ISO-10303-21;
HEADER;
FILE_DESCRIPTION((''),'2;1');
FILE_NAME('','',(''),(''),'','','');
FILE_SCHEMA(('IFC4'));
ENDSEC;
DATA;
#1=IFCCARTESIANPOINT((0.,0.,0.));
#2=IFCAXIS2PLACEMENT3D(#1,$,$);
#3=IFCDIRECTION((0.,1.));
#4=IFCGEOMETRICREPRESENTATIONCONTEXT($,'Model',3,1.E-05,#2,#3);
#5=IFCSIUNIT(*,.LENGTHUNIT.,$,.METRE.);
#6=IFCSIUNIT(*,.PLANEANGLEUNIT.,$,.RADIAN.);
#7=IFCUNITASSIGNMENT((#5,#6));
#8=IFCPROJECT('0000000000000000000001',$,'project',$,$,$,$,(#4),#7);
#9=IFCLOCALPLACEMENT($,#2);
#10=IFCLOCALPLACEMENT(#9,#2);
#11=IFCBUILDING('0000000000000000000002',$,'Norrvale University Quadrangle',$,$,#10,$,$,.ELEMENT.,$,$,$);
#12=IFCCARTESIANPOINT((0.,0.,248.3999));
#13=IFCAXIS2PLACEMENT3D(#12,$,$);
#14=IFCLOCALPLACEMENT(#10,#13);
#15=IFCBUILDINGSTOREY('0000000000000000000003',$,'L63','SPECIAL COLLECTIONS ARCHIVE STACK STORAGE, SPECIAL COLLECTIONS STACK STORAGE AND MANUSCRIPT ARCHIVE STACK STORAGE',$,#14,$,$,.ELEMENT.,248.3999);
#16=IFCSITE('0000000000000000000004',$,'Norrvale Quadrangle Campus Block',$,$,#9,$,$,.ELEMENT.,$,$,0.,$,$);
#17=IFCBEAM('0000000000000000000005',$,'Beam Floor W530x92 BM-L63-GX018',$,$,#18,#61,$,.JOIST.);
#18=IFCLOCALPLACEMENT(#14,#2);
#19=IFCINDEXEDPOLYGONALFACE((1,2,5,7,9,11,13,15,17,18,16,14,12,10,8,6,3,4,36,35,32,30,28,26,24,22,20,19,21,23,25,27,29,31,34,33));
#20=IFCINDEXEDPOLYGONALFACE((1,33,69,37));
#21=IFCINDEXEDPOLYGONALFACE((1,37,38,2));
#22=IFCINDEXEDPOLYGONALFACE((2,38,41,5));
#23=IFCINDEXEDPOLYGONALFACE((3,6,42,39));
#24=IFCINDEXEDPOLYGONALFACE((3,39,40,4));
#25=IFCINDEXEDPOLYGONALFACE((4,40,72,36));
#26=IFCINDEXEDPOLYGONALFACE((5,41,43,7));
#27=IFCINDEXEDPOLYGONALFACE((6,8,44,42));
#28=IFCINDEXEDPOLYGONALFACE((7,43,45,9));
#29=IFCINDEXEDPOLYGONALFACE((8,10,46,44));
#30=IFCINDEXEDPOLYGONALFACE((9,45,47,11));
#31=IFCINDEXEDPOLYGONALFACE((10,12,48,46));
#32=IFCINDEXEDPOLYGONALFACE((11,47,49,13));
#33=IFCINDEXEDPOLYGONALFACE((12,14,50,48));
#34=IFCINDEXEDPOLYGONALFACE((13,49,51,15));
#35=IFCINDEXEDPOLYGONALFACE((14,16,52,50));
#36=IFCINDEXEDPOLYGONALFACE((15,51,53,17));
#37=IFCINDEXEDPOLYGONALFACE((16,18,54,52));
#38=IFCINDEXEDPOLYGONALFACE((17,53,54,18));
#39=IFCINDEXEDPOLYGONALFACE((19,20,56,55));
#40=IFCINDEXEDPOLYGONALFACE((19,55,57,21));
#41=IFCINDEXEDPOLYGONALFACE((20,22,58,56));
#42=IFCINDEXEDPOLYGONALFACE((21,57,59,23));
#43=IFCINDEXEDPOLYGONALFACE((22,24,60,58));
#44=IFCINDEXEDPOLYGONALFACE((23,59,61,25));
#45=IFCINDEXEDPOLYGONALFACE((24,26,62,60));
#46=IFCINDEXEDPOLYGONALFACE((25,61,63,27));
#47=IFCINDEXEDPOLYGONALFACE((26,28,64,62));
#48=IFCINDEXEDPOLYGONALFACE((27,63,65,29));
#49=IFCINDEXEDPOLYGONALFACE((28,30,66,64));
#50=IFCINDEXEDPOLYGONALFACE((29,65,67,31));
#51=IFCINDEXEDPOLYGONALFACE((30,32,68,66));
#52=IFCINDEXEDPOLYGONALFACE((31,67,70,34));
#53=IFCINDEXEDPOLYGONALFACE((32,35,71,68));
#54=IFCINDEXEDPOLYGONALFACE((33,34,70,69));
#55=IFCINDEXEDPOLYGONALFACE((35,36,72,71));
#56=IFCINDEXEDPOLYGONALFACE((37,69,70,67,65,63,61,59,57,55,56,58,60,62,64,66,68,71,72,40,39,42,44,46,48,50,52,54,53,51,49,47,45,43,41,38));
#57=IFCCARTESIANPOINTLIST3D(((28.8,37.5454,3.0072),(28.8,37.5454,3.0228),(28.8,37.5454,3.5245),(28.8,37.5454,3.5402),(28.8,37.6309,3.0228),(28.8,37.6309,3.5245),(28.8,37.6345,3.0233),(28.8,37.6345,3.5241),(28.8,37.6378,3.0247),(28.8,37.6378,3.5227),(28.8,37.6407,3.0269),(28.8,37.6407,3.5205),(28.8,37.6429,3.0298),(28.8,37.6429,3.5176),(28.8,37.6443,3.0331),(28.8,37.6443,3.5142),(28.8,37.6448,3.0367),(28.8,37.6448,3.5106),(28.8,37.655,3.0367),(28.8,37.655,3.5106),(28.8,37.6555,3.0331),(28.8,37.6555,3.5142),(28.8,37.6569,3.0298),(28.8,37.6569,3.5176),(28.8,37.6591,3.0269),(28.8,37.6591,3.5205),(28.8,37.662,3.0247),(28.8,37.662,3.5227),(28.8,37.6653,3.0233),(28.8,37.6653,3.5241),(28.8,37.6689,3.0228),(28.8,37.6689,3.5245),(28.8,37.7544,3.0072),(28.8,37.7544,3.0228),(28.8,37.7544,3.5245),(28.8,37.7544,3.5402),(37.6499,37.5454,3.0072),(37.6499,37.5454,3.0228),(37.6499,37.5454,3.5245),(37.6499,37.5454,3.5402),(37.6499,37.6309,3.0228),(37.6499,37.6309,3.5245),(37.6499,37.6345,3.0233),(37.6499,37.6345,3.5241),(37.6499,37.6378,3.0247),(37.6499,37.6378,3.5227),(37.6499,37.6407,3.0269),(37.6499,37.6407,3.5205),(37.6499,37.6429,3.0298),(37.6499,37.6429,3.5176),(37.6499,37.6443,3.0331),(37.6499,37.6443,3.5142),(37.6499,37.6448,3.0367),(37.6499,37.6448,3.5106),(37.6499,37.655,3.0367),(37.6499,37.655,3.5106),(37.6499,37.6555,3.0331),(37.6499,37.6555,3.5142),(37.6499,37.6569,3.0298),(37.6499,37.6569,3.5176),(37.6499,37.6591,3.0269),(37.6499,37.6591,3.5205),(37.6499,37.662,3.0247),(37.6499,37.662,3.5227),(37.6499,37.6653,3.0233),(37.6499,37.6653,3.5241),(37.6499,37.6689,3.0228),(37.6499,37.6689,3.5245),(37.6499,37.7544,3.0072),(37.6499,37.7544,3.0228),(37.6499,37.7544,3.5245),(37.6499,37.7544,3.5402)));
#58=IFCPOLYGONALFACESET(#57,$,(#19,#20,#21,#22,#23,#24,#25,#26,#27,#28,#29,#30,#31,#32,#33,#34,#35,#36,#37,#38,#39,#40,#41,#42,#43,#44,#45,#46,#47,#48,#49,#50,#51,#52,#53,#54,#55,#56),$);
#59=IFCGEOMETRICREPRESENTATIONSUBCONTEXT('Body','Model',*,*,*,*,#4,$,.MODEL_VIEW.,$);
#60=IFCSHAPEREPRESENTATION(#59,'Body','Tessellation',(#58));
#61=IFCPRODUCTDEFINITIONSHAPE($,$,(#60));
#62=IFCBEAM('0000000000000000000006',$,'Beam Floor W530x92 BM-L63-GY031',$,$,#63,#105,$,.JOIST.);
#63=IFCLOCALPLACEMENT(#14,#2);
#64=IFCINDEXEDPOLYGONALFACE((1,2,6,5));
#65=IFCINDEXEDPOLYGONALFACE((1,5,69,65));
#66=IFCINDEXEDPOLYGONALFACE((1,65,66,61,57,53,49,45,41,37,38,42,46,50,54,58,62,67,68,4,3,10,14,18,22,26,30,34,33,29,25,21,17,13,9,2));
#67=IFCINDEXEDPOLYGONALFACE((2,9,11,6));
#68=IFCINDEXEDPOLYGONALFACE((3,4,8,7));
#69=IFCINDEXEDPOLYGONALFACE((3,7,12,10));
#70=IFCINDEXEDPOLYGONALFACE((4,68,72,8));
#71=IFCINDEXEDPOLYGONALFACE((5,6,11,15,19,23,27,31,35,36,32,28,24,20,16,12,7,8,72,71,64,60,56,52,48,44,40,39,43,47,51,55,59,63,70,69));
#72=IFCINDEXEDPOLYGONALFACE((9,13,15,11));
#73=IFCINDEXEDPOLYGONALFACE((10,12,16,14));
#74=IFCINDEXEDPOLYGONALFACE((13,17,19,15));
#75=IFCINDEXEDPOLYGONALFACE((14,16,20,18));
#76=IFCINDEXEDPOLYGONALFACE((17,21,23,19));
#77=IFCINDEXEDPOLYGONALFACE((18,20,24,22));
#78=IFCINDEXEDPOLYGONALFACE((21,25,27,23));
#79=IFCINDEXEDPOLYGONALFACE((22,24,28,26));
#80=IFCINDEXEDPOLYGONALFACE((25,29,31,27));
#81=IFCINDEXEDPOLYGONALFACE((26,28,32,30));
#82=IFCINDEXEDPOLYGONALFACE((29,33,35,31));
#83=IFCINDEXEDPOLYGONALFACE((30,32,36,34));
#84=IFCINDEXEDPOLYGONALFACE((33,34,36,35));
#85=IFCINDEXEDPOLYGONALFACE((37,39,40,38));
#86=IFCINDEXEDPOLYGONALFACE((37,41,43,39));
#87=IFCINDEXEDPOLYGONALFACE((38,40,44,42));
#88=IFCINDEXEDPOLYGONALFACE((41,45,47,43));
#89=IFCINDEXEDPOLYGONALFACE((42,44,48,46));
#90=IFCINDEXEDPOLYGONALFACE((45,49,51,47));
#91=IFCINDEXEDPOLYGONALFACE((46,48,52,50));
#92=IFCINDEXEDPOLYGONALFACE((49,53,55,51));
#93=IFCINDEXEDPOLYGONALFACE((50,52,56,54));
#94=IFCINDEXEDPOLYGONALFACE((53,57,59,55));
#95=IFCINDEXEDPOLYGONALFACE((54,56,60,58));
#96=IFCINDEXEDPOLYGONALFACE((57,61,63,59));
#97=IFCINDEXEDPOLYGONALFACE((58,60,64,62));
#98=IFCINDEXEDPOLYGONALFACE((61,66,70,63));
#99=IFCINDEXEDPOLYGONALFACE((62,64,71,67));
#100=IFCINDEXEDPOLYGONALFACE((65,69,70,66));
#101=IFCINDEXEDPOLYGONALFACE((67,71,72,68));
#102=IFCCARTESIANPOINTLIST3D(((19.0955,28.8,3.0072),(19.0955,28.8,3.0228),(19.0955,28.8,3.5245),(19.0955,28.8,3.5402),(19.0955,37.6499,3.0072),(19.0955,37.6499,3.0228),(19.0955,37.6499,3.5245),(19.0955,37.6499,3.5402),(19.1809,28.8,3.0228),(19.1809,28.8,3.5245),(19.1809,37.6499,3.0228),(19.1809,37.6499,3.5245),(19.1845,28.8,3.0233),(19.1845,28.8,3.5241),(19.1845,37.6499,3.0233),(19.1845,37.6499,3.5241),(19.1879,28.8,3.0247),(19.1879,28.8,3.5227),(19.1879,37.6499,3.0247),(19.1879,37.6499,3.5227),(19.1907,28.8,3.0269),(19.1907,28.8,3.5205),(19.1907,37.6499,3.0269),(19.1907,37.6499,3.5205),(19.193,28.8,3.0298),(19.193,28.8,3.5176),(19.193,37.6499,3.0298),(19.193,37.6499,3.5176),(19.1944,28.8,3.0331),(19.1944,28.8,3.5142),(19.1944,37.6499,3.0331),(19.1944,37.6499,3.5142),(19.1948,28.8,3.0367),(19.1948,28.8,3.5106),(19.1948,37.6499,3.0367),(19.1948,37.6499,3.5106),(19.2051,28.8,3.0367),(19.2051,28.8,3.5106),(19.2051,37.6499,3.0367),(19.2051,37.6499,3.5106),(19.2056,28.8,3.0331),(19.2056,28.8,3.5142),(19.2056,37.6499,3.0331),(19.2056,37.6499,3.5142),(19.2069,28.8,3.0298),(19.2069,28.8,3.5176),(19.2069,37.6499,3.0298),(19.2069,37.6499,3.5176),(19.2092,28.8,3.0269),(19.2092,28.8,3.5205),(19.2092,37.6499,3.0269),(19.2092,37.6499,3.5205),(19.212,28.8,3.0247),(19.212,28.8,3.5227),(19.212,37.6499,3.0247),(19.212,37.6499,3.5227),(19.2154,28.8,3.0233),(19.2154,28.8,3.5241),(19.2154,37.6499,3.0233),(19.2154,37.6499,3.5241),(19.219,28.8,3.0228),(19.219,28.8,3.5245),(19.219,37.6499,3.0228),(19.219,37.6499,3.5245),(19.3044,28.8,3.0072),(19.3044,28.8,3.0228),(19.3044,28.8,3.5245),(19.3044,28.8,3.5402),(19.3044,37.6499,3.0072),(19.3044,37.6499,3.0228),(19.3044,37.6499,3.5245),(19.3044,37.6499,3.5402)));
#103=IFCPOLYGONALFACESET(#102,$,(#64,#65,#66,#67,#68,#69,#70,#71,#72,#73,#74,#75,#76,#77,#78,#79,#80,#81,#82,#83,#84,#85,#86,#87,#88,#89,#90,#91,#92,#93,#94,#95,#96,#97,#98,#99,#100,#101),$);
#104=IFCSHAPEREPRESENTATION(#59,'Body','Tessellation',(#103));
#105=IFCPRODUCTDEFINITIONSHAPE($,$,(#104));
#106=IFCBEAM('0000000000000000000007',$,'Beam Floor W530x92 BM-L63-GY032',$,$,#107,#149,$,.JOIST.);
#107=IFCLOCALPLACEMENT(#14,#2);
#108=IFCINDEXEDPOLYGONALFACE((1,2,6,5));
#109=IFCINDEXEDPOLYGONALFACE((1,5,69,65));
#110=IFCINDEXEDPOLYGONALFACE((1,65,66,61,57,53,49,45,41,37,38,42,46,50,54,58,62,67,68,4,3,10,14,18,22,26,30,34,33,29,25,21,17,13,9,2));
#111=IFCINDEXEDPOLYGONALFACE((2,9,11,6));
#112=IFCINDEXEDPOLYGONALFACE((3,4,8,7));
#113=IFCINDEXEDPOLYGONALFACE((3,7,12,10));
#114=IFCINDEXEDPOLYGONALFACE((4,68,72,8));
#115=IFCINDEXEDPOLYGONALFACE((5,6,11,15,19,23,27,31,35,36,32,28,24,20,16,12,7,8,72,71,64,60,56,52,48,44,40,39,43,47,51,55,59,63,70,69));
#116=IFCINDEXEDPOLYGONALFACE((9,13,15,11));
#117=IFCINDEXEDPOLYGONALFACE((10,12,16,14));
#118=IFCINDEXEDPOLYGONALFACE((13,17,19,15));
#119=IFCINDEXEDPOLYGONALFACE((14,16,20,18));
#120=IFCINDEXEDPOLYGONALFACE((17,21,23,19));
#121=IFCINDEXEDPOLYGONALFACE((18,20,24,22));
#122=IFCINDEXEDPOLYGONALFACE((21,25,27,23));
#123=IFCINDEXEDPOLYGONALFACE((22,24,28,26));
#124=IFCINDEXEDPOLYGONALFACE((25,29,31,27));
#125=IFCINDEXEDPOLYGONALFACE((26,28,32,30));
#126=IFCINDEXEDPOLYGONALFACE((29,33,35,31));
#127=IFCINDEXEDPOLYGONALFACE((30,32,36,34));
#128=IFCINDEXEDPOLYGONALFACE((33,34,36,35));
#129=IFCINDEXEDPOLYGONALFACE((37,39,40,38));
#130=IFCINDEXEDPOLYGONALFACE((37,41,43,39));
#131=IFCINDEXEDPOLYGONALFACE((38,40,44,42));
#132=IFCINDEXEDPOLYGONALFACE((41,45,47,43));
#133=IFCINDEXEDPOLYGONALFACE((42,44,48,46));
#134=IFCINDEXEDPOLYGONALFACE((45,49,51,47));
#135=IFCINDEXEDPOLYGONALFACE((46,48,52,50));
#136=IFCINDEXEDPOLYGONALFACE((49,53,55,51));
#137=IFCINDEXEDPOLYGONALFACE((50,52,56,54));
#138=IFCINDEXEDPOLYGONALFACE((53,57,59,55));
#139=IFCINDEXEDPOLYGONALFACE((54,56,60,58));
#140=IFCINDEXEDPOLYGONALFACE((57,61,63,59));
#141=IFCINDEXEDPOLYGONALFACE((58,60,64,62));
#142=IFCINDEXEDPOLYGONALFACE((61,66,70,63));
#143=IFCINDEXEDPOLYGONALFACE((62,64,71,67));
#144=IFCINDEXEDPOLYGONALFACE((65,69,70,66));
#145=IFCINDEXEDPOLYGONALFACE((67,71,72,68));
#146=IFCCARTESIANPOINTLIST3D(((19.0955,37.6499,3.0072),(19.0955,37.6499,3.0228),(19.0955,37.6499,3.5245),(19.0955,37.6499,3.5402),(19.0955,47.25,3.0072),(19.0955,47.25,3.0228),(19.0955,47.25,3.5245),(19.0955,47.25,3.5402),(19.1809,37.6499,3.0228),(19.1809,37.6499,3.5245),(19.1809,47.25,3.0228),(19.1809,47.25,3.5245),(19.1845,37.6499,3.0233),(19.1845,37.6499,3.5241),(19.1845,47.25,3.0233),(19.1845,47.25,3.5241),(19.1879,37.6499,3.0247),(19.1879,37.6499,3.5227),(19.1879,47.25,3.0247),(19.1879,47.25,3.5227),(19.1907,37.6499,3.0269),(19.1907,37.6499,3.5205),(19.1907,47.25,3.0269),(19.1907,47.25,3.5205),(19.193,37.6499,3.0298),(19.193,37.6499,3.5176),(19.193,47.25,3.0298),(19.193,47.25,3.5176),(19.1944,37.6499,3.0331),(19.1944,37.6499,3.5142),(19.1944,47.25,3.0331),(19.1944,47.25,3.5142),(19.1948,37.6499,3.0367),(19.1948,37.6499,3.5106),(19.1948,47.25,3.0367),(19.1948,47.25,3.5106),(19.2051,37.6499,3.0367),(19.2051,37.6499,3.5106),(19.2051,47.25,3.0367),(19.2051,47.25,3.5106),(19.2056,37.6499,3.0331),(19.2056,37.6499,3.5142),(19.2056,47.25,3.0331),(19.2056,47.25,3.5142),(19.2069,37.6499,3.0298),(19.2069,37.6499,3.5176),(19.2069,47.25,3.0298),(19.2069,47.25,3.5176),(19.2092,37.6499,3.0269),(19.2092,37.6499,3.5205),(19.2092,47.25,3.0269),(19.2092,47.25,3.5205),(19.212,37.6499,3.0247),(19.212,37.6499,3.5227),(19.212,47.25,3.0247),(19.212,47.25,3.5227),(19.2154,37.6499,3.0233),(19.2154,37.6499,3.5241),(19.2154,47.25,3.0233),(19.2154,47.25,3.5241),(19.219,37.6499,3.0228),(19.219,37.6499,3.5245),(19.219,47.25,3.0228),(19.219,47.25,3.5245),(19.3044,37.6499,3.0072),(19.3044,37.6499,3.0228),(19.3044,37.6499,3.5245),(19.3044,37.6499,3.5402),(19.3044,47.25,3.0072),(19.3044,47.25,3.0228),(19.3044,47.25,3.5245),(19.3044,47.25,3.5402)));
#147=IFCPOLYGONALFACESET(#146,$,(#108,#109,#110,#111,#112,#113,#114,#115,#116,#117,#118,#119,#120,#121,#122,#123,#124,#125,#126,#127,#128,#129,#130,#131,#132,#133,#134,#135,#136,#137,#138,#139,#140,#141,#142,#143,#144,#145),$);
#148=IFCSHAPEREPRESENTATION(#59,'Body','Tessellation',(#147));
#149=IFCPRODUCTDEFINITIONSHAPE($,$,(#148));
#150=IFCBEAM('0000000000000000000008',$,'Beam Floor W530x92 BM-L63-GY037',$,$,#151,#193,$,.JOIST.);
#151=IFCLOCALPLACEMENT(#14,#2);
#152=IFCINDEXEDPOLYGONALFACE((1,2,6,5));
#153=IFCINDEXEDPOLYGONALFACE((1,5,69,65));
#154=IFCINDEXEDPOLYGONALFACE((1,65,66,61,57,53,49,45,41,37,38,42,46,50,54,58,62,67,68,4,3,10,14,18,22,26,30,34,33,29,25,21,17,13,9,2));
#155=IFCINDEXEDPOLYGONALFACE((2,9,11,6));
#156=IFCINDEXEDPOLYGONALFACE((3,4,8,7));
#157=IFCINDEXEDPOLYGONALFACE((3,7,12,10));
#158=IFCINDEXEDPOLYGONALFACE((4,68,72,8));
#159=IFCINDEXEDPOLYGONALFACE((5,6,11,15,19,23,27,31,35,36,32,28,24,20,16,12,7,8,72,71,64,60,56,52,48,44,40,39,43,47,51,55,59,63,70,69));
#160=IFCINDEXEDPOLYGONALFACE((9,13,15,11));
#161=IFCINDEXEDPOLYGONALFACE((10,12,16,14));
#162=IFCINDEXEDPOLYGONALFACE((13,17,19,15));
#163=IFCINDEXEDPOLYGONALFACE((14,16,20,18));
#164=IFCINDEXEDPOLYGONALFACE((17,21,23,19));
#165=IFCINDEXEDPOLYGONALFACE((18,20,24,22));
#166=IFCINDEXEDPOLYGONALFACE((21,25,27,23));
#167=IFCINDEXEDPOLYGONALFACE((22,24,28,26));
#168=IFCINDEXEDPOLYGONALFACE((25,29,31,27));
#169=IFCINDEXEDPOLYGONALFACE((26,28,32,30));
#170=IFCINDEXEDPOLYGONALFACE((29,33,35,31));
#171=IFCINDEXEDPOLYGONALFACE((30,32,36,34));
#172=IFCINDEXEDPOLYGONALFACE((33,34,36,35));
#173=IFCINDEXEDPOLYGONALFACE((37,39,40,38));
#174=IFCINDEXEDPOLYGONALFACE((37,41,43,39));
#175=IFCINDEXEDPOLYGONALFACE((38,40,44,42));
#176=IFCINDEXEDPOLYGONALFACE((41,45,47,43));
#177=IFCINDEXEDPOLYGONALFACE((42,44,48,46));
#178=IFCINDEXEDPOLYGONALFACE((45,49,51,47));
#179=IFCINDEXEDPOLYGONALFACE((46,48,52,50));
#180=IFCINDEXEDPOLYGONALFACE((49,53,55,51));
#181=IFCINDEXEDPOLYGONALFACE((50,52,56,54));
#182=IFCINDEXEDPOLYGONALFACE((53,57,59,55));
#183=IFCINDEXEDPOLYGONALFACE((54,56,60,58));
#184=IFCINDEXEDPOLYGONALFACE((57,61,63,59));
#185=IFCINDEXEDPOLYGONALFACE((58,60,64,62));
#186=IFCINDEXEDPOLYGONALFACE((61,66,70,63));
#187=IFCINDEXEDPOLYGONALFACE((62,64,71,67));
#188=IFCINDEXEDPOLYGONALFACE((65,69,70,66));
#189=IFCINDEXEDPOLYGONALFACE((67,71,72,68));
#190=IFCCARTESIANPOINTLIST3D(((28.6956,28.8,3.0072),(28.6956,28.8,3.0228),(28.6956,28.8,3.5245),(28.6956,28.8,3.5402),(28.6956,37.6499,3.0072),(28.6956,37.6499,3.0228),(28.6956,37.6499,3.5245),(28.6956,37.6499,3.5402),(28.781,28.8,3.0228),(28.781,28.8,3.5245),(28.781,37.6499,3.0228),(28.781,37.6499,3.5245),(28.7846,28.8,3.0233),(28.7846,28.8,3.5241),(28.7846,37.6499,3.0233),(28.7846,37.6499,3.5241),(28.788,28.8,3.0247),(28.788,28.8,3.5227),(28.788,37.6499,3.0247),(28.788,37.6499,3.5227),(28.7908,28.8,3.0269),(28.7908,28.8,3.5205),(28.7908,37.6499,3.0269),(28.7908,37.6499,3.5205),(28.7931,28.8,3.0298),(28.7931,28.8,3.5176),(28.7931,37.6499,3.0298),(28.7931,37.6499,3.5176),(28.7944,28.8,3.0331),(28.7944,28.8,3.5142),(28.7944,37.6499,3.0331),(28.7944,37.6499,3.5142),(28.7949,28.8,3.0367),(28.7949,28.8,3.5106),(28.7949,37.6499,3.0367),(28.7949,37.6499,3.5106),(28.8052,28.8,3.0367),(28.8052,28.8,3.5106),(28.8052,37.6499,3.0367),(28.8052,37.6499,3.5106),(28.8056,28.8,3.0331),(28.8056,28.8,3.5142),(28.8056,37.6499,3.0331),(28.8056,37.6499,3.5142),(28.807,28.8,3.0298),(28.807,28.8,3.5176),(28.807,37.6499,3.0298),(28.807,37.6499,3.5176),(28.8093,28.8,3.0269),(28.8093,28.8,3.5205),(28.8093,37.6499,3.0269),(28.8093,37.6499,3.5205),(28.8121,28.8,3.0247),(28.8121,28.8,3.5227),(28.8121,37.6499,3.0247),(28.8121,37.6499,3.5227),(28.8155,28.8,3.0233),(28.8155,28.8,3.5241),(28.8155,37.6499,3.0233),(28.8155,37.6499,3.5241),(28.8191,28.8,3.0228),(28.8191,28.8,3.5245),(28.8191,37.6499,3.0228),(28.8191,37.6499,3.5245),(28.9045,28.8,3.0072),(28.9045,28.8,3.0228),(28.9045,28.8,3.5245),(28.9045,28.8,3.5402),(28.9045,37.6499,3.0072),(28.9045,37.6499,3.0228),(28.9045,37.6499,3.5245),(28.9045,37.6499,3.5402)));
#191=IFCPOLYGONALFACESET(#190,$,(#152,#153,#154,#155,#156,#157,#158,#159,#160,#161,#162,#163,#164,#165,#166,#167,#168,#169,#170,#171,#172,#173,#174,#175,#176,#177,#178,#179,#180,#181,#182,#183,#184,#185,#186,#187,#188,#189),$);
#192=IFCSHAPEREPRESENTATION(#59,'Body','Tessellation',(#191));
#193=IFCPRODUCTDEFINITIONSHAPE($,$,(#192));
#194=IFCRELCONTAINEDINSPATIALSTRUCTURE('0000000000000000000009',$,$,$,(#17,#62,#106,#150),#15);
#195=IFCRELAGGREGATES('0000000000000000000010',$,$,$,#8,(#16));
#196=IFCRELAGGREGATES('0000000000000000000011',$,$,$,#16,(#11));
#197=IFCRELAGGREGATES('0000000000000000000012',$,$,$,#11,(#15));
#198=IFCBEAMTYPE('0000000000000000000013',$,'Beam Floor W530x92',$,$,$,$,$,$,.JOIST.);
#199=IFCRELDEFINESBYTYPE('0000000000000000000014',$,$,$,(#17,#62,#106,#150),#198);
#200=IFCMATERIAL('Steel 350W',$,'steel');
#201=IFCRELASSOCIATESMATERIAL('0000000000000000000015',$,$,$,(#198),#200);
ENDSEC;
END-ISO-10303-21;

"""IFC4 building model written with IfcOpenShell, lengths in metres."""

from ifc_helpers import new_model, si_unit, direction, frame, origin, origin_2d, place, context, subcontext, project, spatial, i_section, extrude, material, material_profile, profile_set, type_object, element, save


model = new_model("IFC4")

# Units and contexts
model_context = context("Model", 3, precision=1e-05, world=origin(), true_north=direction((0.0, 1.0)))
body_context = subcontext(model_context, "Body", "Model", "MODEL_VIEW")
ifc_project = project(units=[si_unit("LENGTHUNIT", "METRE"), si_unit("PLANEANGLEUNIT", "RADIAN")], contexts=[model_context])

# Site, building, storey
site_placement = place(None, origin())
site = spatial("IfcSite", under=ifc_project, at=site_placement, Name="Norrvale Quadrangle Campus Block", CompositionType="ELEMENT", RefElevation=0.0)
building_placement = place(site_placement, origin())
building = spatial("IfcBuilding", under=site, at=building_placement, Name="Norrvale University Quadrangle", CompositionType="ELEMENT")
storey_placement = place(building_placement, frame((0.0, 0.0, 248.3999)))
storey = spatial("IfcBuildingStorey", under=building, at=storey_placement, Name="L63", Description="SPECIAL COLLECTIONS ARCHIVE STACK STORAGE, SPECIAL COLLECTIONS STACK STORAGE AND MANUSCRIPT ARCHIVE STACK STORAGE", CompositionType="ELEMENT", Elevation=248.3999)

# Beams
ifc_material_1 = material(Name="Steel 350W", Category="steel")
ifc_material_profile_1 = material_profile(ifc_material_1, i_section(OverallWidth=0.209, OverallDepth=0.533, WebThickness=0.0103, FlangeThickness=0.0156, FilletRadius=0.0139, at=origin_2d()), Name="Steel 350W")
ifc_profile_set_1 = profile_set([ifc_material_profile_1], Name="Steel 350W")
beam_type_1 = type_object("IfcBeamType", Name="Beam Floor W530x92", PredefinedType="JOIST", material=ifc_profile_set_1)
for number, where, z_axis, x_axis, name in (
    (1, (28.8, 37.6499, 3.2737), (1.0, 0.0, 0.0), (0.0, 1.0, 0.0), "Beam Floor W530x92 BM-L63-GX018"),
    (2, (19.2, 28.8, 3.2737), (0.0, 1.0, 0.0), (-1.0, 0.0, 0.0), "Beam Floor W530x92 BM-L63-GY031"),
):
    element("IfcBeam", number, at=place(storey_placement, frame(where, z_axis=z_axis, x_axis=x_axis)), inside=storey, type_object=beam_type_1, Name=name, PredefinedType="JOIST", context=body_context, shape_type="SweptSolid", body=[
        extrude(i_section(OverallWidth=0.209, OverallDepth=0.533, WebThickness=0.0103, FlangeThickness=0.0156, FilletRadius=0.0139, at=origin_2d()), origin(), (0.0, 0.0, 1.0), 8.8499),
    ])
beam_1_placement = place(storey_placement, frame((19.2, 37.6499, 3.2737), z_axis=(0.0, 1.0, 0.0), x_axis=(-1.0, 0.0, 0.0)))
element("IfcBeam", 3, at=beam_1_placement, inside=storey, type_object=beam_type_1, Name="Beam Floor W530x92 BM-L63-GY032", PredefinedType="JOIST", context=body_context, shape_type="SweptSolid", body=[
    extrude(i_section(OverallWidth=0.209, OverallDepth=0.533, WebThickness=0.0103, FlangeThickness=0.0156, FilletRadius=0.0139, at=origin_2d()), origin(), (0.0, 0.0, 1.0), 9.6001),
])
beam_2_placement = place(storey_placement, frame((28.8, 28.8, 3.2737), z_axis=(0.0, 1.0, 0.0), x_axis=(-1.0, 0.0, 0.0)))
element("IfcBeam", 4, at=beam_2_placement, inside=storey, type_object=beam_type_1, Name="Beam Floor W530x92 BM-L63-GY037", PredefinedType="JOIST", context=body_context, shape_type="SweptSolid", body=[
    extrude(i_section(OverallWidth=0.209, OverallDepth=0.533, WebThickness=0.0103, FlangeThickness=0.0156, FilletRadius=0.0139, at=origin_2d()), origin(), (0.0, 0.0, 1.0), 8.8499),
])

save(model, "model.ifc")
